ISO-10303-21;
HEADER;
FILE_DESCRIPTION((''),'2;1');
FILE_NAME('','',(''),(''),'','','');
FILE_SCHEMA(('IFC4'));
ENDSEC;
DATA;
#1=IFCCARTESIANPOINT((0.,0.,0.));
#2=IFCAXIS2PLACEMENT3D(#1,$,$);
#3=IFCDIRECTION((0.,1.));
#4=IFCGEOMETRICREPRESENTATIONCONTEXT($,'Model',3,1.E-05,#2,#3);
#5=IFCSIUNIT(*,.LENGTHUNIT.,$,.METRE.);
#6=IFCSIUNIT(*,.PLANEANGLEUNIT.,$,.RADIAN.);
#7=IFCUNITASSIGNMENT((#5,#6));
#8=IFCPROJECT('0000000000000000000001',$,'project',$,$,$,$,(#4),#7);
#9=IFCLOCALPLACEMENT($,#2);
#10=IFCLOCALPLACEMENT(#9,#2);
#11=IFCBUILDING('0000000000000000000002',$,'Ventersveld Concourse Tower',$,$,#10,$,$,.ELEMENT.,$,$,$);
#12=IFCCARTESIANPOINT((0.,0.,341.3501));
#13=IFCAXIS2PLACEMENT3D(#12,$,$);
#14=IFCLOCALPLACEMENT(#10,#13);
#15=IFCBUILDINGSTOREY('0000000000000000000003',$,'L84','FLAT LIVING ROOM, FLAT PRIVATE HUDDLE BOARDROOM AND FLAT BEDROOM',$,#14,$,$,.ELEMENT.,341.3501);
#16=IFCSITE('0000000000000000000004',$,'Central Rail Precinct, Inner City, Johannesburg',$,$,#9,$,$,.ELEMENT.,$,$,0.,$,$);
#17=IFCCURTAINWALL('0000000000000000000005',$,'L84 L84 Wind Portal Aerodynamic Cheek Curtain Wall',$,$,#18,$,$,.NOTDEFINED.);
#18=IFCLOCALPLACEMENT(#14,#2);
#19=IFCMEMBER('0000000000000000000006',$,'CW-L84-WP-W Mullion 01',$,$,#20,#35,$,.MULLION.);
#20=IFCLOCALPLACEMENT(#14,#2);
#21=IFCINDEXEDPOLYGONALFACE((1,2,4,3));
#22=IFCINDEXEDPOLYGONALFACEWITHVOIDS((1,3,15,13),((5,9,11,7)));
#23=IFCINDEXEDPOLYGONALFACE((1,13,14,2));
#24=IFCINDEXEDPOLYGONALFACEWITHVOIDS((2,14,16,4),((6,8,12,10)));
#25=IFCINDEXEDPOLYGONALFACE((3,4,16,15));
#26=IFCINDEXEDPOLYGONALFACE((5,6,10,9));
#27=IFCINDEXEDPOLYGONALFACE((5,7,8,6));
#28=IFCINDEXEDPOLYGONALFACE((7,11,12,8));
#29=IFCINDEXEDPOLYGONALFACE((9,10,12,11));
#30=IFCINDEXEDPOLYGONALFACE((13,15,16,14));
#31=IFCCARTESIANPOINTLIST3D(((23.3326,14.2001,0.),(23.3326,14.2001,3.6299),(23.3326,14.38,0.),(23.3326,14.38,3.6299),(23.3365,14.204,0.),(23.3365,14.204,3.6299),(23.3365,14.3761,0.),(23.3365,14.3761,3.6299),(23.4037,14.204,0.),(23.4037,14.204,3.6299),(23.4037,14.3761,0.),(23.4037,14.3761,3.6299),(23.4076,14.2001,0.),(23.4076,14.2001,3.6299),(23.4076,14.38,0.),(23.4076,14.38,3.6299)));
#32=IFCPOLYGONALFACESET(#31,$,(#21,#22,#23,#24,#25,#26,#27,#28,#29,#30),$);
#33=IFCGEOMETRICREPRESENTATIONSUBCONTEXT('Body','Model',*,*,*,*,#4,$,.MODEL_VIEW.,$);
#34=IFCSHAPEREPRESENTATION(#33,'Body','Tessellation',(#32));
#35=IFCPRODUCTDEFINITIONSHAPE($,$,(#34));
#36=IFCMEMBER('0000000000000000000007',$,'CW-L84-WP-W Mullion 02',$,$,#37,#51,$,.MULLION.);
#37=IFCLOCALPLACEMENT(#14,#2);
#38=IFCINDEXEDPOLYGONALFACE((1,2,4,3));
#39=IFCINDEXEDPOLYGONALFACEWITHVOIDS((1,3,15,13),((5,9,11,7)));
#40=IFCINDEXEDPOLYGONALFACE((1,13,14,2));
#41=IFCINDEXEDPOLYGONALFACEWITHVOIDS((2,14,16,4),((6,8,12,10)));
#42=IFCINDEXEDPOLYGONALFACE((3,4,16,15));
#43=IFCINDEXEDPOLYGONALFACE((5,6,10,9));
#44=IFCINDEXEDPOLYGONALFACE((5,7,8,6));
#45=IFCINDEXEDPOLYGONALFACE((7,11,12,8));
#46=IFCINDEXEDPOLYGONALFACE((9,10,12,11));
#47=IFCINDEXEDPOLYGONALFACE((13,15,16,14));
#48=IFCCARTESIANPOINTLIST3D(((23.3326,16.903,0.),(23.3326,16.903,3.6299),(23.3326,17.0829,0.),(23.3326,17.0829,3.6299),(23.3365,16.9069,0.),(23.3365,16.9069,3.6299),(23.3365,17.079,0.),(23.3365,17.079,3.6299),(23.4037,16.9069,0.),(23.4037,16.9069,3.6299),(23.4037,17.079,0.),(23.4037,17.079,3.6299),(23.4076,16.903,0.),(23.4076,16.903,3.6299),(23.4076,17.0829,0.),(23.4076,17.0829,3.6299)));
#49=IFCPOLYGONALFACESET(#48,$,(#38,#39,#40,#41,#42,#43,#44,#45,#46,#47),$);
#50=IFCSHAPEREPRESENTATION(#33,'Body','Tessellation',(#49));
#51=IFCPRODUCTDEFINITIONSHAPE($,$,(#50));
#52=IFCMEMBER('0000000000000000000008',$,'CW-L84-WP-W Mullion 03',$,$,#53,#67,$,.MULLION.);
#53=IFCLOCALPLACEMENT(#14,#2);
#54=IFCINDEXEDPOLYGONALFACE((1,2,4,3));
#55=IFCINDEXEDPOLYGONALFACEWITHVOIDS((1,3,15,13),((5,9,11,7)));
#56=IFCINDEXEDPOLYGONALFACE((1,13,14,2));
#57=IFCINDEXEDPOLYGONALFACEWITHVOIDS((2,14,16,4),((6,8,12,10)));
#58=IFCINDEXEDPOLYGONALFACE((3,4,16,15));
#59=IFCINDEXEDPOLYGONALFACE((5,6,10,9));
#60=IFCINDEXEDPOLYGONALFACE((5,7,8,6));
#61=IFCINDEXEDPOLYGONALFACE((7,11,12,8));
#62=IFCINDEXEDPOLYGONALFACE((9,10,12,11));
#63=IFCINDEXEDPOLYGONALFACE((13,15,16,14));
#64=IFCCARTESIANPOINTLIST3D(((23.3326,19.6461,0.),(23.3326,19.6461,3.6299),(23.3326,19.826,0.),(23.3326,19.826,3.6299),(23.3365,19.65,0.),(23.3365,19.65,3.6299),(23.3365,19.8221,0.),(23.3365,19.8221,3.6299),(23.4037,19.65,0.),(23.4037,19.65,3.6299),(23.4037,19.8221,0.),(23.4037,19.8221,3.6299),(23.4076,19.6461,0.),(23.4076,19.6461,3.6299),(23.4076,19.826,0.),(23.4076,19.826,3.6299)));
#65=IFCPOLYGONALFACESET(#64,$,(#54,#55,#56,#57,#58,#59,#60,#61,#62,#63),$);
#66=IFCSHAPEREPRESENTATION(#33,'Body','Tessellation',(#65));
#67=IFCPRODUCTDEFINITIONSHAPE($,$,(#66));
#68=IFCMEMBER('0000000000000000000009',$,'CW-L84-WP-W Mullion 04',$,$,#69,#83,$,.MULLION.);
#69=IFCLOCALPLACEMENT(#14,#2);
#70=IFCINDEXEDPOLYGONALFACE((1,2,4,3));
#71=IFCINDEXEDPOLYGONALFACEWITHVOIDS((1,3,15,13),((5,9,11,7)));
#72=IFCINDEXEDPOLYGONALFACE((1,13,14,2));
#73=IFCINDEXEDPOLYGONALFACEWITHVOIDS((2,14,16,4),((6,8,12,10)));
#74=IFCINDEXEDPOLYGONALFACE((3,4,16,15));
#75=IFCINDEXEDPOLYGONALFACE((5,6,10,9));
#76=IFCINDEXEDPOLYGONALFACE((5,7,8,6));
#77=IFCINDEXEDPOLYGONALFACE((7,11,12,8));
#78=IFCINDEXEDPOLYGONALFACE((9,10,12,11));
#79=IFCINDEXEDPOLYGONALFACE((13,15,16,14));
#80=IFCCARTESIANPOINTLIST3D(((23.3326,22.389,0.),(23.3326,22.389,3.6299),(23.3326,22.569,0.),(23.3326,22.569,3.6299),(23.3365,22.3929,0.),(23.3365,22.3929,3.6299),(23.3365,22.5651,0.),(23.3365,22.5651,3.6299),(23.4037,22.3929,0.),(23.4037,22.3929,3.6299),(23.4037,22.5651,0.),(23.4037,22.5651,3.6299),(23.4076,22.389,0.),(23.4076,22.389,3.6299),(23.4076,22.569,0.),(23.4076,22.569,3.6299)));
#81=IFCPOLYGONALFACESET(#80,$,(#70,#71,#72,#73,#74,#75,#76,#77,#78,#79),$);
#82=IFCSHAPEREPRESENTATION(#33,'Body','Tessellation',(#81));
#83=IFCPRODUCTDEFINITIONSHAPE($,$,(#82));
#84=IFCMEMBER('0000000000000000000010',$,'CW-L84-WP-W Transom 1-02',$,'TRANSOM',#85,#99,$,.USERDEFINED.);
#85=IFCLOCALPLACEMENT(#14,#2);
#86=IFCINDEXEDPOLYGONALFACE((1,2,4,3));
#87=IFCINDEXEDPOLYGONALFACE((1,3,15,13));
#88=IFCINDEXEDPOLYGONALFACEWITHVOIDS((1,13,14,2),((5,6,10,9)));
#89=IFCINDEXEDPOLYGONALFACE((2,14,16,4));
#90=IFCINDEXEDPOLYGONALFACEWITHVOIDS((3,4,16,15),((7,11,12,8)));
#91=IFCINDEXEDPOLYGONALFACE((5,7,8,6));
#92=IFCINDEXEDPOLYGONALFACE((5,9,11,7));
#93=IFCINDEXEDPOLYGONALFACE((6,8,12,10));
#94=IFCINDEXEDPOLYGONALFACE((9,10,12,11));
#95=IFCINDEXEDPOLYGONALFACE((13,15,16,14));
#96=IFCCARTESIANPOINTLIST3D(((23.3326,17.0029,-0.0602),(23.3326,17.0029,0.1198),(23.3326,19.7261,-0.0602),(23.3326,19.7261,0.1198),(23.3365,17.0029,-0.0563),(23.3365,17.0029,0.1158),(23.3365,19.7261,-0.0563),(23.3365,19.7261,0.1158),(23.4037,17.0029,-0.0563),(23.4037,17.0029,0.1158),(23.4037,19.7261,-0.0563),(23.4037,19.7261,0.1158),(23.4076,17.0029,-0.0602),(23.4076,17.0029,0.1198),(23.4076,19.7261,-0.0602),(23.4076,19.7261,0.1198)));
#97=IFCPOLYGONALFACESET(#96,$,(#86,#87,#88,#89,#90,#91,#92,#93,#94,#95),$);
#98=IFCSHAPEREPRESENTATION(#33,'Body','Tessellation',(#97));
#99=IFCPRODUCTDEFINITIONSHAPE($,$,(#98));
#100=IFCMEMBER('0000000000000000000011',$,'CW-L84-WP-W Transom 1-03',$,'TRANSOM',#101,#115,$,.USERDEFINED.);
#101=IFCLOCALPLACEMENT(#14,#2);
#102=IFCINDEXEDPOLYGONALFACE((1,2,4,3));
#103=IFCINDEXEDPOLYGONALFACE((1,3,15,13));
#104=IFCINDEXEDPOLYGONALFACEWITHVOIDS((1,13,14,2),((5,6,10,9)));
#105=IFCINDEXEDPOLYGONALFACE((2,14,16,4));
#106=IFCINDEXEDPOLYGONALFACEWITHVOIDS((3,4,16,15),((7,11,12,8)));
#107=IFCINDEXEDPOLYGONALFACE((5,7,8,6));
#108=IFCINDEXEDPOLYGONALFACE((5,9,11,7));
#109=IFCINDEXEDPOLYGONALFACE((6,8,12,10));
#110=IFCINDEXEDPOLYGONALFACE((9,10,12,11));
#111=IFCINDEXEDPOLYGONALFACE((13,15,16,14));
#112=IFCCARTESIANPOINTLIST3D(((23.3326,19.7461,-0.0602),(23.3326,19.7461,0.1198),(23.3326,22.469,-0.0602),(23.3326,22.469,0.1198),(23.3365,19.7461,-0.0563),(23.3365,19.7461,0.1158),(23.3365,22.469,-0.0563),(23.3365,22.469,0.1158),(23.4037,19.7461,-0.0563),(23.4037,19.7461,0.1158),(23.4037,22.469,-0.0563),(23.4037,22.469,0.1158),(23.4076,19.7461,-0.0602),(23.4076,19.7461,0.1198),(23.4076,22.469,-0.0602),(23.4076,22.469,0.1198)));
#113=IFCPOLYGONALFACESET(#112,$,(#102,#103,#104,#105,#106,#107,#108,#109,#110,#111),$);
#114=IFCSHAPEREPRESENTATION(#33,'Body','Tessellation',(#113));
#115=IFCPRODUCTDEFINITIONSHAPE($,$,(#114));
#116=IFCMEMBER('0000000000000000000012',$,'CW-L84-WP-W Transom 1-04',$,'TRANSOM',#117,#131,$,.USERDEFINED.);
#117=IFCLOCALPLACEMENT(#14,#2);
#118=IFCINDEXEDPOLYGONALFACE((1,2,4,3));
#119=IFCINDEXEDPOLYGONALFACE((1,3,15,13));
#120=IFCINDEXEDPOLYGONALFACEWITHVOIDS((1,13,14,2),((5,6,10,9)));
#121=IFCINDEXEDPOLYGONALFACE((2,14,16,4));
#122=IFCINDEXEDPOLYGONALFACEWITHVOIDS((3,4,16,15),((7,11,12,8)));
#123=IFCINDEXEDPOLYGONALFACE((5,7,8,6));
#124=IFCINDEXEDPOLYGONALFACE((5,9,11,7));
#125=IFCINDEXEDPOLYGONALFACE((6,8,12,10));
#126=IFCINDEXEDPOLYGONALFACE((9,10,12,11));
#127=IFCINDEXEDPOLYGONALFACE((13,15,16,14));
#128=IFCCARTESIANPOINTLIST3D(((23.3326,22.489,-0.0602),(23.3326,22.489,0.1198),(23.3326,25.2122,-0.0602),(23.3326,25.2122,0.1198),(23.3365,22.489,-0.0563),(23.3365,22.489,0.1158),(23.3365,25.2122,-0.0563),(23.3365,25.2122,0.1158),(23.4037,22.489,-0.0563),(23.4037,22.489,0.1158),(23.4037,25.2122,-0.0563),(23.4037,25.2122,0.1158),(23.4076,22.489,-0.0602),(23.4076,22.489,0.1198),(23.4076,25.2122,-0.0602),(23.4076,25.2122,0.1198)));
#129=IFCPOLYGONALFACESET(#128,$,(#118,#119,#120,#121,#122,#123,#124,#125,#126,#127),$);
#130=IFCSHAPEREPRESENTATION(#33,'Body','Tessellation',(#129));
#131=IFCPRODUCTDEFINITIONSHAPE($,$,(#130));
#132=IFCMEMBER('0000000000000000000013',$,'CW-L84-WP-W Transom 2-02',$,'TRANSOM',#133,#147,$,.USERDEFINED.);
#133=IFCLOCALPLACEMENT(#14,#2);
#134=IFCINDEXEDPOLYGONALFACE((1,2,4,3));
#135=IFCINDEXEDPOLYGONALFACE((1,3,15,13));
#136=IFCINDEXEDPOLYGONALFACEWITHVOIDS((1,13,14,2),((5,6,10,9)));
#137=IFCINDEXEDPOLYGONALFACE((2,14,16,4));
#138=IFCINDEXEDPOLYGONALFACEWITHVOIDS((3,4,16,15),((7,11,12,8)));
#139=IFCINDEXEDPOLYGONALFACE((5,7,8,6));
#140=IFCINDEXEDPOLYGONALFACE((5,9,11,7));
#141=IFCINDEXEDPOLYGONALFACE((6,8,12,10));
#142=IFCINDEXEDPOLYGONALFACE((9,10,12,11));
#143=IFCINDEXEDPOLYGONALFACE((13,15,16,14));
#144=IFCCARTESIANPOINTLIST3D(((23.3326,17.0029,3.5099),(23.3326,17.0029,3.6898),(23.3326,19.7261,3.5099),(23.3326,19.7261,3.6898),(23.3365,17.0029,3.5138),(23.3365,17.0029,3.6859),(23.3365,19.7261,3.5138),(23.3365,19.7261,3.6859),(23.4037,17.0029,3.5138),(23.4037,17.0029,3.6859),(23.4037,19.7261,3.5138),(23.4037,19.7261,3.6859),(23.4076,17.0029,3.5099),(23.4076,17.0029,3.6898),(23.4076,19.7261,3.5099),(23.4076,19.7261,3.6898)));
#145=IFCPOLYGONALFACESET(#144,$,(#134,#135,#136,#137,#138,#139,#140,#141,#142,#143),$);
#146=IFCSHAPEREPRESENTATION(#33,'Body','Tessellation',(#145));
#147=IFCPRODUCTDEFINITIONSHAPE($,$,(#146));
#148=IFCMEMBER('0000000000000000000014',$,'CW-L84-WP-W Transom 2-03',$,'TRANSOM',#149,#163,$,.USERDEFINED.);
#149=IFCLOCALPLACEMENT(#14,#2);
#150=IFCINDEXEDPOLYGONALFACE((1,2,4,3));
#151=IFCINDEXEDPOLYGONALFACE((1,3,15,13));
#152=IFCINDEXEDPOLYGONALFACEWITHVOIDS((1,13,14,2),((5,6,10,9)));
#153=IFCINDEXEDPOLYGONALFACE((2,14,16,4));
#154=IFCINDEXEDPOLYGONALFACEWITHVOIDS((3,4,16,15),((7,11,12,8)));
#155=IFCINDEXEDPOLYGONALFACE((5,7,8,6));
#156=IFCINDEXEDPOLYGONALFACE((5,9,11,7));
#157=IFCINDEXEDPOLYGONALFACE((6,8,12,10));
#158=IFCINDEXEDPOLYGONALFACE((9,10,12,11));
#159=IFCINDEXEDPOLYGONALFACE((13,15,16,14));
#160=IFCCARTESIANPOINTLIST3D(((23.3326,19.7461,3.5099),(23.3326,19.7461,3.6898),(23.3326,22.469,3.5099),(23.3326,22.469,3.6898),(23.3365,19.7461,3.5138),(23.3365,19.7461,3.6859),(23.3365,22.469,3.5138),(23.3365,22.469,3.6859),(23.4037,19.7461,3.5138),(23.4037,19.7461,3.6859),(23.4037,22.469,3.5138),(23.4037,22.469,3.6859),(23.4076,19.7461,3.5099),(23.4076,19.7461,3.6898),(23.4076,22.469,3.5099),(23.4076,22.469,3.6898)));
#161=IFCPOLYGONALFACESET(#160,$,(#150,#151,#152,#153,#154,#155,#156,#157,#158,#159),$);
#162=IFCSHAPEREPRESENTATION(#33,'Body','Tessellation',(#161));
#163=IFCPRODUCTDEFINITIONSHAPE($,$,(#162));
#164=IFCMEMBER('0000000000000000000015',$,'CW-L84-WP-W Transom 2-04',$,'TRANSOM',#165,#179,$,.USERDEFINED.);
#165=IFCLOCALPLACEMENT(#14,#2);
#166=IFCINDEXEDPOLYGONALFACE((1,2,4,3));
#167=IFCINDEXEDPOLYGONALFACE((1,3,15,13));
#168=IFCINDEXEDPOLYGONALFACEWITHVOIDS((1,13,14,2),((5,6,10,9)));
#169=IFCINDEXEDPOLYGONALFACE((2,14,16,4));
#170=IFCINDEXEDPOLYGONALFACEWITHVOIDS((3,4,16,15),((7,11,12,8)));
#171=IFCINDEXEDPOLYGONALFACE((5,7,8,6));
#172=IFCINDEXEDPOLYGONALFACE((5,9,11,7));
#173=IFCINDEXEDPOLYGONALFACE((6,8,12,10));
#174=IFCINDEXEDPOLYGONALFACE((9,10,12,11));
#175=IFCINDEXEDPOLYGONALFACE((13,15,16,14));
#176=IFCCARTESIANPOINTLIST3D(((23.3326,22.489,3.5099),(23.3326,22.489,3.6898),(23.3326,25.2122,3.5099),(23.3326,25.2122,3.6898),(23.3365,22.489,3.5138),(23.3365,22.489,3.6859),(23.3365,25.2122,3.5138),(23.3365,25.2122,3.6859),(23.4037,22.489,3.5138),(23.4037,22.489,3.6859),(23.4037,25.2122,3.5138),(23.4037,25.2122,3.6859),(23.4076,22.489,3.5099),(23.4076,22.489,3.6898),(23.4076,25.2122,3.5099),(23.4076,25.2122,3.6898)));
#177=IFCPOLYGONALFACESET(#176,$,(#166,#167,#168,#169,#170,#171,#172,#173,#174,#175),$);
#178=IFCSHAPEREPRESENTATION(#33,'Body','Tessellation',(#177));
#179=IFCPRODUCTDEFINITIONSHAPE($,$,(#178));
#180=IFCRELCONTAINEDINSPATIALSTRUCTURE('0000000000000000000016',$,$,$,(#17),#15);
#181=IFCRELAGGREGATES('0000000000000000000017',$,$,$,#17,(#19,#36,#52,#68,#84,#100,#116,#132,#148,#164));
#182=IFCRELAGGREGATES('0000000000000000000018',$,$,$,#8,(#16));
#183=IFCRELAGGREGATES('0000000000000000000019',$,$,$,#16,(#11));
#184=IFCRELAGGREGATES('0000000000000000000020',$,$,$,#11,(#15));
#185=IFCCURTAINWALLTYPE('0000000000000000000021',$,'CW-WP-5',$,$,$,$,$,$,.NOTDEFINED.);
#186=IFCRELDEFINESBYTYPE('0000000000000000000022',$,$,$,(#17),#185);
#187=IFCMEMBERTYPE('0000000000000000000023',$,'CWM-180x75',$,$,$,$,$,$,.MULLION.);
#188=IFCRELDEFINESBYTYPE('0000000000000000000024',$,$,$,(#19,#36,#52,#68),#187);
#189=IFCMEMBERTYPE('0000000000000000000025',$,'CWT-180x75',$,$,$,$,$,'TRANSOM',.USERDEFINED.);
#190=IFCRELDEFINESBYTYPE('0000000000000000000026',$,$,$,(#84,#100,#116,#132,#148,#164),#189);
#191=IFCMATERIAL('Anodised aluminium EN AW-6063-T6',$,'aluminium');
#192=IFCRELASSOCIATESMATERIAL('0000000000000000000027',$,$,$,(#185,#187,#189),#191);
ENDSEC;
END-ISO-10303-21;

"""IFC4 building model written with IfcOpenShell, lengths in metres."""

from ifc_helpers import new_model, si_unit, direction, frame, origin, origin_2d, place, context, subcontext, project, spatial, hollow_rectangle, extrude, material, material_profile, profile_set, type_object, element, aggregate, save


model = new_model("IFC4")

# Units and contexts
model_context = context("Model", 3, precision=1e-05, world=origin(), true_north=direction((0.0, 1.0)))
body_context = subcontext(model_context, "Body", "Model", "MODEL_VIEW")
ifc_project = project(units=[si_unit("LENGTHUNIT", "METRE"), si_unit("PLANEANGLEUNIT", "RADIAN")], contexts=[model_context])

# Site, building, storey
site_placement = place(None, origin())
site = spatial("IfcSite", under=ifc_project, at=site_placement, Name="Central Rail Precinct, Inner City, Johannesburg", CompositionType="ELEMENT", RefElevation=0.0)
building_placement = place(site_placement, origin())
building = spatial("IfcBuilding", under=site, at=building_placement, Name="Ventersveld Concourse Tower", CompositionType="ELEMENT")
storey_placement = place(building_placement, frame((0.0, 0.0, 341.3501)))
storey = spatial("IfcBuildingStorey", under=building, at=storey_placement, Name="L84", Description="FLAT LIVING ROOM, FLAT PRIVATE HUDDLE BOARDROOM AND FLAT BEDROOM", CompositionType="ELEMENT", Elevation=341.3501)

# Curtain wall, members
ifc_material_1 = material(Name="Anodised aluminium EN AW-6063-T6", Category="aluminium")
curtain_wall_type = type_object("IfcCurtainWallType", Name="CW-WP-5", PredefinedType="NOTDEFINED", material=ifc_material_1)
curtain_wall_placement = place(storey_placement, origin())
curtain_wall = element("IfcCurtainWall", 1, at=curtain_wall_placement, inside=storey, type_object=curtain_wall_type, Name="L84 L84 Wind Portal Aerodynamic Cheek Curtain Wall", PredefinedType="NOTDEFINED")
ifc_material_profile_1 = material_profile(ifc_material_1, hollow_rectangle(XDim=0.075, YDim=0.1799, WallThickness=0.0039, at=origin_2d()), Name="ALU 180x75x4")
ifc_profile_set_1 = profile_set([ifc_material_profile_1], Name="Anodised aluminium EN AW-6063-T6")
member_type_1 = type_object("IfcMemberType", Name="CWM-180x75", PredefinedType="MULLION", material=ifc_profile_set_1)
member_1_placement = place(storey_placement, frame((23.3701, 14.29, 0.0), z_axis=(0.0, 0.0, 1.0), x_axis=(1.0, 0.0, 0.0)))
member_1 = element("IfcMember", 2, at=member_1_placement, type_object=member_type_1, Name="CW-L84-WP-W Mullion 01", PredefinedType="MULLION", context=body_context, shape_type="SweptSolid", body=[
    extrude(hollow_rectangle(XDim=0.075, YDim=0.1799, WallThickness=0.0039, at=origin_2d()), origin(), (0.0, 0.0, 1.0), 3.6299),
])
member_2_placement = place(storey_placement, frame((23.3701, 16.9929, 0.0), z_axis=(0.0, 0.0, 1.0), x_axis=(1.0, 0.0, 0.0)))
member_2 = element("IfcMember", 3, at=member_2_placement, type_object=member_type_1, Name="CW-L84-WP-W Mullion 02", PredefinedType="MULLION", context=body_context, shape_type="SweptSolid", body=[
    extrude(hollow_rectangle(XDim=0.075, YDim=0.1799, WallThickness=0.0039, at=origin_2d()), origin(), (0.0, 0.0, 1.0), 3.6299),
])
member_3_placement = place(storey_placement, frame((23.3701, 19.7361, 0.0), z_axis=(0.0, 0.0, 1.0), x_axis=(1.0, 0.0, 0.0)))
member_3 = element("IfcMember", 4, at=member_3_placement, type_object=member_type_1, Name="CW-L84-WP-W Mullion 03", PredefinedType="MULLION", context=body_context, shape_type="SweptSolid", body=[
    extrude(hollow_rectangle(XDim=0.075, YDim=0.1799, WallThickness=0.0039, at=origin_2d()), origin(), (0.0, 0.0, 1.0), 3.6299),
])
member_4_placement = place(storey_placement, frame((23.3701, 22.479, 0.0), z_axis=(0.0, 0.0, 1.0), x_axis=(1.0, 0.0, 0.0)))
member_4 = element("IfcMember", 5, at=member_4_placement, type_object=member_type_1, Name="CW-L84-WP-W Mullion 04", PredefinedType="MULLION", context=body_context, shape_type="SweptSolid", body=[
    extrude(hollow_rectangle(XDim=0.075, YDim=0.1799, WallThickness=0.0039, at=origin_2d()), origin(), (0.0, 0.0, 1.0), 3.6299),
])
ifc_material_profile_2 = material_profile(ifc_material_1, hollow_rectangle(XDim=0.075, YDim=0.1799, WallThickness=0.0039, at=origin_2d()), Name="ALU 180x75x4")
ifc_profile_set_2 = profile_set([ifc_material_profile_2], Name="Anodised aluminium EN AW-6063-T6")
member_type_2 = type_object("IfcMemberType", Name="CWT-180x75", ElementType="TRANSOM", PredefinedType="USERDEFINED", material=ifc_profile_set_2)
member_5_placement = place(storey_placement, frame((23.3701, 17.0029, 0.0298), z_axis=(0.0, 1.0, 0.0), x_axis=(-1.0, 0.0, 0.0)))
member_5 = element("IfcMember", 6, at=member_5_placement, type_object=member_type_2, Name="CW-L84-WP-W Transom 1-02", ObjectType="TRANSOM", PredefinedType="USERDEFINED", context=body_context, shape_type="SweptSolid", body=[
    extrude(hollow_rectangle(XDim=0.075, YDim=0.1799, WallThickness=0.0039, at=origin_2d()), origin(), (0.0, 0.0, 1.0), 2.7231),
])
member_6_placement = place(storey_placement, frame((23.3701, 19.7461, 0.0298), z_axis=(0.0, 1.0, 0.0), x_axis=(-1.0, 0.0, 0.0)))
member_6 = element("IfcMember", 7, at=member_6_placement, type_object=member_type_2, Name="CW-L84-WP-W Transom 1-03", ObjectType="TRANSOM", PredefinedType="USERDEFINED", context=body_context, shape_type="SweptSolid", body=[
    extrude(hollow_rectangle(XDim=0.075, YDim=0.1799, WallThickness=0.0039, at=origin_2d()), origin(), (0.0, 0.0, 1.0), 2.7229),
])
member_7_placement = place(storey_placement, frame((23.3701, 22.489, 0.0298), z_axis=(0.0, 1.0, 0.0), x_axis=(-1.0, 0.0, 0.0)))
member_7 = element("IfcMember", 8, at=member_7_placement, type_object=member_type_2, Name="CW-L84-WP-W Transom 1-04", ObjectType="TRANSOM", PredefinedType="USERDEFINED", context=body_context, shape_type="SweptSolid", body=[
    extrude(hollow_rectangle(XDim=0.075, YDim=0.1799, WallThickness=0.0039, at=origin_2d()), origin(), (0.0, 0.0, 1.0), 2.7231),
])
member_8_placement = place(storey_placement, frame((23.3701, 17.0029, 3.5999), z_axis=(0.0, 1.0, 0.0), x_axis=(-1.0, 0.0, 0.0)))
member_8 = element("IfcMember", 9, at=member_8_placement, type_object=member_type_2, Name="CW-L84-WP-W Transom 2-02", ObjectType="TRANSOM", PredefinedType="USERDEFINED", context=body_context, shape_type="SweptSolid", body=[
    extrude(hollow_rectangle(XDim=0.075, YDim=0.1799, WallThickness=0.0039, at=origin_2d()), origin(), (0.0, 0.0, 1.0), 2.7231),
])
member_9_placement = place(storey_placement, frame((23.3701, 19.7461, 3.5999), z_axis=(0.0, 1.0, 0.0), x_axis=(-1.0, 0.0, 0.0)))
member_9 = element("IfcMember", 10, at=member_9_placement, type_object=member_type_2, Name="CW-L84-WP-W Transom 2-03", ObjectType="TRANSOM", PredefinedType="USERDEFINED", context=body_context, shape_type="SweptSolid", body=[
    extrude(hollow_rectangle(XDim=0.075, YDim=0.1799, WallThickness=0.0039, at=origin_2d()), origin(), (0.0, 0.0, 1.0), 2.7229),
])
member_10_placement = place(storey_placement, frame((23.3701, 22.489, 3.5999), z_axis=(0.0, 1.0, 0.0), x_axis=(-1.0, 0.0, 0.0)))
member_10 = element("IfcMember", 11, at=member_10_placement, type_object=member_type_2, Name="CW-L84-WP-W Transom 2-04", ObjectType="TRANSOM", PredefinedType="USERDEFINED", context=body_context, shape_type="SweptSolid", body=[
    extrude(hollow_rectangle(XDim=0.075, YDim=0.1799, WallThickness=0.0039, at=origin_2d()), origin(), (0.0, 0.0, 1.0), 2.7231),
])

aggregate(curtain_wall, [member_1, member_2, member_3, member_4, member_5, member_6, member_7, member_8, member_9, member_10])

save(model, "model.ifc")
